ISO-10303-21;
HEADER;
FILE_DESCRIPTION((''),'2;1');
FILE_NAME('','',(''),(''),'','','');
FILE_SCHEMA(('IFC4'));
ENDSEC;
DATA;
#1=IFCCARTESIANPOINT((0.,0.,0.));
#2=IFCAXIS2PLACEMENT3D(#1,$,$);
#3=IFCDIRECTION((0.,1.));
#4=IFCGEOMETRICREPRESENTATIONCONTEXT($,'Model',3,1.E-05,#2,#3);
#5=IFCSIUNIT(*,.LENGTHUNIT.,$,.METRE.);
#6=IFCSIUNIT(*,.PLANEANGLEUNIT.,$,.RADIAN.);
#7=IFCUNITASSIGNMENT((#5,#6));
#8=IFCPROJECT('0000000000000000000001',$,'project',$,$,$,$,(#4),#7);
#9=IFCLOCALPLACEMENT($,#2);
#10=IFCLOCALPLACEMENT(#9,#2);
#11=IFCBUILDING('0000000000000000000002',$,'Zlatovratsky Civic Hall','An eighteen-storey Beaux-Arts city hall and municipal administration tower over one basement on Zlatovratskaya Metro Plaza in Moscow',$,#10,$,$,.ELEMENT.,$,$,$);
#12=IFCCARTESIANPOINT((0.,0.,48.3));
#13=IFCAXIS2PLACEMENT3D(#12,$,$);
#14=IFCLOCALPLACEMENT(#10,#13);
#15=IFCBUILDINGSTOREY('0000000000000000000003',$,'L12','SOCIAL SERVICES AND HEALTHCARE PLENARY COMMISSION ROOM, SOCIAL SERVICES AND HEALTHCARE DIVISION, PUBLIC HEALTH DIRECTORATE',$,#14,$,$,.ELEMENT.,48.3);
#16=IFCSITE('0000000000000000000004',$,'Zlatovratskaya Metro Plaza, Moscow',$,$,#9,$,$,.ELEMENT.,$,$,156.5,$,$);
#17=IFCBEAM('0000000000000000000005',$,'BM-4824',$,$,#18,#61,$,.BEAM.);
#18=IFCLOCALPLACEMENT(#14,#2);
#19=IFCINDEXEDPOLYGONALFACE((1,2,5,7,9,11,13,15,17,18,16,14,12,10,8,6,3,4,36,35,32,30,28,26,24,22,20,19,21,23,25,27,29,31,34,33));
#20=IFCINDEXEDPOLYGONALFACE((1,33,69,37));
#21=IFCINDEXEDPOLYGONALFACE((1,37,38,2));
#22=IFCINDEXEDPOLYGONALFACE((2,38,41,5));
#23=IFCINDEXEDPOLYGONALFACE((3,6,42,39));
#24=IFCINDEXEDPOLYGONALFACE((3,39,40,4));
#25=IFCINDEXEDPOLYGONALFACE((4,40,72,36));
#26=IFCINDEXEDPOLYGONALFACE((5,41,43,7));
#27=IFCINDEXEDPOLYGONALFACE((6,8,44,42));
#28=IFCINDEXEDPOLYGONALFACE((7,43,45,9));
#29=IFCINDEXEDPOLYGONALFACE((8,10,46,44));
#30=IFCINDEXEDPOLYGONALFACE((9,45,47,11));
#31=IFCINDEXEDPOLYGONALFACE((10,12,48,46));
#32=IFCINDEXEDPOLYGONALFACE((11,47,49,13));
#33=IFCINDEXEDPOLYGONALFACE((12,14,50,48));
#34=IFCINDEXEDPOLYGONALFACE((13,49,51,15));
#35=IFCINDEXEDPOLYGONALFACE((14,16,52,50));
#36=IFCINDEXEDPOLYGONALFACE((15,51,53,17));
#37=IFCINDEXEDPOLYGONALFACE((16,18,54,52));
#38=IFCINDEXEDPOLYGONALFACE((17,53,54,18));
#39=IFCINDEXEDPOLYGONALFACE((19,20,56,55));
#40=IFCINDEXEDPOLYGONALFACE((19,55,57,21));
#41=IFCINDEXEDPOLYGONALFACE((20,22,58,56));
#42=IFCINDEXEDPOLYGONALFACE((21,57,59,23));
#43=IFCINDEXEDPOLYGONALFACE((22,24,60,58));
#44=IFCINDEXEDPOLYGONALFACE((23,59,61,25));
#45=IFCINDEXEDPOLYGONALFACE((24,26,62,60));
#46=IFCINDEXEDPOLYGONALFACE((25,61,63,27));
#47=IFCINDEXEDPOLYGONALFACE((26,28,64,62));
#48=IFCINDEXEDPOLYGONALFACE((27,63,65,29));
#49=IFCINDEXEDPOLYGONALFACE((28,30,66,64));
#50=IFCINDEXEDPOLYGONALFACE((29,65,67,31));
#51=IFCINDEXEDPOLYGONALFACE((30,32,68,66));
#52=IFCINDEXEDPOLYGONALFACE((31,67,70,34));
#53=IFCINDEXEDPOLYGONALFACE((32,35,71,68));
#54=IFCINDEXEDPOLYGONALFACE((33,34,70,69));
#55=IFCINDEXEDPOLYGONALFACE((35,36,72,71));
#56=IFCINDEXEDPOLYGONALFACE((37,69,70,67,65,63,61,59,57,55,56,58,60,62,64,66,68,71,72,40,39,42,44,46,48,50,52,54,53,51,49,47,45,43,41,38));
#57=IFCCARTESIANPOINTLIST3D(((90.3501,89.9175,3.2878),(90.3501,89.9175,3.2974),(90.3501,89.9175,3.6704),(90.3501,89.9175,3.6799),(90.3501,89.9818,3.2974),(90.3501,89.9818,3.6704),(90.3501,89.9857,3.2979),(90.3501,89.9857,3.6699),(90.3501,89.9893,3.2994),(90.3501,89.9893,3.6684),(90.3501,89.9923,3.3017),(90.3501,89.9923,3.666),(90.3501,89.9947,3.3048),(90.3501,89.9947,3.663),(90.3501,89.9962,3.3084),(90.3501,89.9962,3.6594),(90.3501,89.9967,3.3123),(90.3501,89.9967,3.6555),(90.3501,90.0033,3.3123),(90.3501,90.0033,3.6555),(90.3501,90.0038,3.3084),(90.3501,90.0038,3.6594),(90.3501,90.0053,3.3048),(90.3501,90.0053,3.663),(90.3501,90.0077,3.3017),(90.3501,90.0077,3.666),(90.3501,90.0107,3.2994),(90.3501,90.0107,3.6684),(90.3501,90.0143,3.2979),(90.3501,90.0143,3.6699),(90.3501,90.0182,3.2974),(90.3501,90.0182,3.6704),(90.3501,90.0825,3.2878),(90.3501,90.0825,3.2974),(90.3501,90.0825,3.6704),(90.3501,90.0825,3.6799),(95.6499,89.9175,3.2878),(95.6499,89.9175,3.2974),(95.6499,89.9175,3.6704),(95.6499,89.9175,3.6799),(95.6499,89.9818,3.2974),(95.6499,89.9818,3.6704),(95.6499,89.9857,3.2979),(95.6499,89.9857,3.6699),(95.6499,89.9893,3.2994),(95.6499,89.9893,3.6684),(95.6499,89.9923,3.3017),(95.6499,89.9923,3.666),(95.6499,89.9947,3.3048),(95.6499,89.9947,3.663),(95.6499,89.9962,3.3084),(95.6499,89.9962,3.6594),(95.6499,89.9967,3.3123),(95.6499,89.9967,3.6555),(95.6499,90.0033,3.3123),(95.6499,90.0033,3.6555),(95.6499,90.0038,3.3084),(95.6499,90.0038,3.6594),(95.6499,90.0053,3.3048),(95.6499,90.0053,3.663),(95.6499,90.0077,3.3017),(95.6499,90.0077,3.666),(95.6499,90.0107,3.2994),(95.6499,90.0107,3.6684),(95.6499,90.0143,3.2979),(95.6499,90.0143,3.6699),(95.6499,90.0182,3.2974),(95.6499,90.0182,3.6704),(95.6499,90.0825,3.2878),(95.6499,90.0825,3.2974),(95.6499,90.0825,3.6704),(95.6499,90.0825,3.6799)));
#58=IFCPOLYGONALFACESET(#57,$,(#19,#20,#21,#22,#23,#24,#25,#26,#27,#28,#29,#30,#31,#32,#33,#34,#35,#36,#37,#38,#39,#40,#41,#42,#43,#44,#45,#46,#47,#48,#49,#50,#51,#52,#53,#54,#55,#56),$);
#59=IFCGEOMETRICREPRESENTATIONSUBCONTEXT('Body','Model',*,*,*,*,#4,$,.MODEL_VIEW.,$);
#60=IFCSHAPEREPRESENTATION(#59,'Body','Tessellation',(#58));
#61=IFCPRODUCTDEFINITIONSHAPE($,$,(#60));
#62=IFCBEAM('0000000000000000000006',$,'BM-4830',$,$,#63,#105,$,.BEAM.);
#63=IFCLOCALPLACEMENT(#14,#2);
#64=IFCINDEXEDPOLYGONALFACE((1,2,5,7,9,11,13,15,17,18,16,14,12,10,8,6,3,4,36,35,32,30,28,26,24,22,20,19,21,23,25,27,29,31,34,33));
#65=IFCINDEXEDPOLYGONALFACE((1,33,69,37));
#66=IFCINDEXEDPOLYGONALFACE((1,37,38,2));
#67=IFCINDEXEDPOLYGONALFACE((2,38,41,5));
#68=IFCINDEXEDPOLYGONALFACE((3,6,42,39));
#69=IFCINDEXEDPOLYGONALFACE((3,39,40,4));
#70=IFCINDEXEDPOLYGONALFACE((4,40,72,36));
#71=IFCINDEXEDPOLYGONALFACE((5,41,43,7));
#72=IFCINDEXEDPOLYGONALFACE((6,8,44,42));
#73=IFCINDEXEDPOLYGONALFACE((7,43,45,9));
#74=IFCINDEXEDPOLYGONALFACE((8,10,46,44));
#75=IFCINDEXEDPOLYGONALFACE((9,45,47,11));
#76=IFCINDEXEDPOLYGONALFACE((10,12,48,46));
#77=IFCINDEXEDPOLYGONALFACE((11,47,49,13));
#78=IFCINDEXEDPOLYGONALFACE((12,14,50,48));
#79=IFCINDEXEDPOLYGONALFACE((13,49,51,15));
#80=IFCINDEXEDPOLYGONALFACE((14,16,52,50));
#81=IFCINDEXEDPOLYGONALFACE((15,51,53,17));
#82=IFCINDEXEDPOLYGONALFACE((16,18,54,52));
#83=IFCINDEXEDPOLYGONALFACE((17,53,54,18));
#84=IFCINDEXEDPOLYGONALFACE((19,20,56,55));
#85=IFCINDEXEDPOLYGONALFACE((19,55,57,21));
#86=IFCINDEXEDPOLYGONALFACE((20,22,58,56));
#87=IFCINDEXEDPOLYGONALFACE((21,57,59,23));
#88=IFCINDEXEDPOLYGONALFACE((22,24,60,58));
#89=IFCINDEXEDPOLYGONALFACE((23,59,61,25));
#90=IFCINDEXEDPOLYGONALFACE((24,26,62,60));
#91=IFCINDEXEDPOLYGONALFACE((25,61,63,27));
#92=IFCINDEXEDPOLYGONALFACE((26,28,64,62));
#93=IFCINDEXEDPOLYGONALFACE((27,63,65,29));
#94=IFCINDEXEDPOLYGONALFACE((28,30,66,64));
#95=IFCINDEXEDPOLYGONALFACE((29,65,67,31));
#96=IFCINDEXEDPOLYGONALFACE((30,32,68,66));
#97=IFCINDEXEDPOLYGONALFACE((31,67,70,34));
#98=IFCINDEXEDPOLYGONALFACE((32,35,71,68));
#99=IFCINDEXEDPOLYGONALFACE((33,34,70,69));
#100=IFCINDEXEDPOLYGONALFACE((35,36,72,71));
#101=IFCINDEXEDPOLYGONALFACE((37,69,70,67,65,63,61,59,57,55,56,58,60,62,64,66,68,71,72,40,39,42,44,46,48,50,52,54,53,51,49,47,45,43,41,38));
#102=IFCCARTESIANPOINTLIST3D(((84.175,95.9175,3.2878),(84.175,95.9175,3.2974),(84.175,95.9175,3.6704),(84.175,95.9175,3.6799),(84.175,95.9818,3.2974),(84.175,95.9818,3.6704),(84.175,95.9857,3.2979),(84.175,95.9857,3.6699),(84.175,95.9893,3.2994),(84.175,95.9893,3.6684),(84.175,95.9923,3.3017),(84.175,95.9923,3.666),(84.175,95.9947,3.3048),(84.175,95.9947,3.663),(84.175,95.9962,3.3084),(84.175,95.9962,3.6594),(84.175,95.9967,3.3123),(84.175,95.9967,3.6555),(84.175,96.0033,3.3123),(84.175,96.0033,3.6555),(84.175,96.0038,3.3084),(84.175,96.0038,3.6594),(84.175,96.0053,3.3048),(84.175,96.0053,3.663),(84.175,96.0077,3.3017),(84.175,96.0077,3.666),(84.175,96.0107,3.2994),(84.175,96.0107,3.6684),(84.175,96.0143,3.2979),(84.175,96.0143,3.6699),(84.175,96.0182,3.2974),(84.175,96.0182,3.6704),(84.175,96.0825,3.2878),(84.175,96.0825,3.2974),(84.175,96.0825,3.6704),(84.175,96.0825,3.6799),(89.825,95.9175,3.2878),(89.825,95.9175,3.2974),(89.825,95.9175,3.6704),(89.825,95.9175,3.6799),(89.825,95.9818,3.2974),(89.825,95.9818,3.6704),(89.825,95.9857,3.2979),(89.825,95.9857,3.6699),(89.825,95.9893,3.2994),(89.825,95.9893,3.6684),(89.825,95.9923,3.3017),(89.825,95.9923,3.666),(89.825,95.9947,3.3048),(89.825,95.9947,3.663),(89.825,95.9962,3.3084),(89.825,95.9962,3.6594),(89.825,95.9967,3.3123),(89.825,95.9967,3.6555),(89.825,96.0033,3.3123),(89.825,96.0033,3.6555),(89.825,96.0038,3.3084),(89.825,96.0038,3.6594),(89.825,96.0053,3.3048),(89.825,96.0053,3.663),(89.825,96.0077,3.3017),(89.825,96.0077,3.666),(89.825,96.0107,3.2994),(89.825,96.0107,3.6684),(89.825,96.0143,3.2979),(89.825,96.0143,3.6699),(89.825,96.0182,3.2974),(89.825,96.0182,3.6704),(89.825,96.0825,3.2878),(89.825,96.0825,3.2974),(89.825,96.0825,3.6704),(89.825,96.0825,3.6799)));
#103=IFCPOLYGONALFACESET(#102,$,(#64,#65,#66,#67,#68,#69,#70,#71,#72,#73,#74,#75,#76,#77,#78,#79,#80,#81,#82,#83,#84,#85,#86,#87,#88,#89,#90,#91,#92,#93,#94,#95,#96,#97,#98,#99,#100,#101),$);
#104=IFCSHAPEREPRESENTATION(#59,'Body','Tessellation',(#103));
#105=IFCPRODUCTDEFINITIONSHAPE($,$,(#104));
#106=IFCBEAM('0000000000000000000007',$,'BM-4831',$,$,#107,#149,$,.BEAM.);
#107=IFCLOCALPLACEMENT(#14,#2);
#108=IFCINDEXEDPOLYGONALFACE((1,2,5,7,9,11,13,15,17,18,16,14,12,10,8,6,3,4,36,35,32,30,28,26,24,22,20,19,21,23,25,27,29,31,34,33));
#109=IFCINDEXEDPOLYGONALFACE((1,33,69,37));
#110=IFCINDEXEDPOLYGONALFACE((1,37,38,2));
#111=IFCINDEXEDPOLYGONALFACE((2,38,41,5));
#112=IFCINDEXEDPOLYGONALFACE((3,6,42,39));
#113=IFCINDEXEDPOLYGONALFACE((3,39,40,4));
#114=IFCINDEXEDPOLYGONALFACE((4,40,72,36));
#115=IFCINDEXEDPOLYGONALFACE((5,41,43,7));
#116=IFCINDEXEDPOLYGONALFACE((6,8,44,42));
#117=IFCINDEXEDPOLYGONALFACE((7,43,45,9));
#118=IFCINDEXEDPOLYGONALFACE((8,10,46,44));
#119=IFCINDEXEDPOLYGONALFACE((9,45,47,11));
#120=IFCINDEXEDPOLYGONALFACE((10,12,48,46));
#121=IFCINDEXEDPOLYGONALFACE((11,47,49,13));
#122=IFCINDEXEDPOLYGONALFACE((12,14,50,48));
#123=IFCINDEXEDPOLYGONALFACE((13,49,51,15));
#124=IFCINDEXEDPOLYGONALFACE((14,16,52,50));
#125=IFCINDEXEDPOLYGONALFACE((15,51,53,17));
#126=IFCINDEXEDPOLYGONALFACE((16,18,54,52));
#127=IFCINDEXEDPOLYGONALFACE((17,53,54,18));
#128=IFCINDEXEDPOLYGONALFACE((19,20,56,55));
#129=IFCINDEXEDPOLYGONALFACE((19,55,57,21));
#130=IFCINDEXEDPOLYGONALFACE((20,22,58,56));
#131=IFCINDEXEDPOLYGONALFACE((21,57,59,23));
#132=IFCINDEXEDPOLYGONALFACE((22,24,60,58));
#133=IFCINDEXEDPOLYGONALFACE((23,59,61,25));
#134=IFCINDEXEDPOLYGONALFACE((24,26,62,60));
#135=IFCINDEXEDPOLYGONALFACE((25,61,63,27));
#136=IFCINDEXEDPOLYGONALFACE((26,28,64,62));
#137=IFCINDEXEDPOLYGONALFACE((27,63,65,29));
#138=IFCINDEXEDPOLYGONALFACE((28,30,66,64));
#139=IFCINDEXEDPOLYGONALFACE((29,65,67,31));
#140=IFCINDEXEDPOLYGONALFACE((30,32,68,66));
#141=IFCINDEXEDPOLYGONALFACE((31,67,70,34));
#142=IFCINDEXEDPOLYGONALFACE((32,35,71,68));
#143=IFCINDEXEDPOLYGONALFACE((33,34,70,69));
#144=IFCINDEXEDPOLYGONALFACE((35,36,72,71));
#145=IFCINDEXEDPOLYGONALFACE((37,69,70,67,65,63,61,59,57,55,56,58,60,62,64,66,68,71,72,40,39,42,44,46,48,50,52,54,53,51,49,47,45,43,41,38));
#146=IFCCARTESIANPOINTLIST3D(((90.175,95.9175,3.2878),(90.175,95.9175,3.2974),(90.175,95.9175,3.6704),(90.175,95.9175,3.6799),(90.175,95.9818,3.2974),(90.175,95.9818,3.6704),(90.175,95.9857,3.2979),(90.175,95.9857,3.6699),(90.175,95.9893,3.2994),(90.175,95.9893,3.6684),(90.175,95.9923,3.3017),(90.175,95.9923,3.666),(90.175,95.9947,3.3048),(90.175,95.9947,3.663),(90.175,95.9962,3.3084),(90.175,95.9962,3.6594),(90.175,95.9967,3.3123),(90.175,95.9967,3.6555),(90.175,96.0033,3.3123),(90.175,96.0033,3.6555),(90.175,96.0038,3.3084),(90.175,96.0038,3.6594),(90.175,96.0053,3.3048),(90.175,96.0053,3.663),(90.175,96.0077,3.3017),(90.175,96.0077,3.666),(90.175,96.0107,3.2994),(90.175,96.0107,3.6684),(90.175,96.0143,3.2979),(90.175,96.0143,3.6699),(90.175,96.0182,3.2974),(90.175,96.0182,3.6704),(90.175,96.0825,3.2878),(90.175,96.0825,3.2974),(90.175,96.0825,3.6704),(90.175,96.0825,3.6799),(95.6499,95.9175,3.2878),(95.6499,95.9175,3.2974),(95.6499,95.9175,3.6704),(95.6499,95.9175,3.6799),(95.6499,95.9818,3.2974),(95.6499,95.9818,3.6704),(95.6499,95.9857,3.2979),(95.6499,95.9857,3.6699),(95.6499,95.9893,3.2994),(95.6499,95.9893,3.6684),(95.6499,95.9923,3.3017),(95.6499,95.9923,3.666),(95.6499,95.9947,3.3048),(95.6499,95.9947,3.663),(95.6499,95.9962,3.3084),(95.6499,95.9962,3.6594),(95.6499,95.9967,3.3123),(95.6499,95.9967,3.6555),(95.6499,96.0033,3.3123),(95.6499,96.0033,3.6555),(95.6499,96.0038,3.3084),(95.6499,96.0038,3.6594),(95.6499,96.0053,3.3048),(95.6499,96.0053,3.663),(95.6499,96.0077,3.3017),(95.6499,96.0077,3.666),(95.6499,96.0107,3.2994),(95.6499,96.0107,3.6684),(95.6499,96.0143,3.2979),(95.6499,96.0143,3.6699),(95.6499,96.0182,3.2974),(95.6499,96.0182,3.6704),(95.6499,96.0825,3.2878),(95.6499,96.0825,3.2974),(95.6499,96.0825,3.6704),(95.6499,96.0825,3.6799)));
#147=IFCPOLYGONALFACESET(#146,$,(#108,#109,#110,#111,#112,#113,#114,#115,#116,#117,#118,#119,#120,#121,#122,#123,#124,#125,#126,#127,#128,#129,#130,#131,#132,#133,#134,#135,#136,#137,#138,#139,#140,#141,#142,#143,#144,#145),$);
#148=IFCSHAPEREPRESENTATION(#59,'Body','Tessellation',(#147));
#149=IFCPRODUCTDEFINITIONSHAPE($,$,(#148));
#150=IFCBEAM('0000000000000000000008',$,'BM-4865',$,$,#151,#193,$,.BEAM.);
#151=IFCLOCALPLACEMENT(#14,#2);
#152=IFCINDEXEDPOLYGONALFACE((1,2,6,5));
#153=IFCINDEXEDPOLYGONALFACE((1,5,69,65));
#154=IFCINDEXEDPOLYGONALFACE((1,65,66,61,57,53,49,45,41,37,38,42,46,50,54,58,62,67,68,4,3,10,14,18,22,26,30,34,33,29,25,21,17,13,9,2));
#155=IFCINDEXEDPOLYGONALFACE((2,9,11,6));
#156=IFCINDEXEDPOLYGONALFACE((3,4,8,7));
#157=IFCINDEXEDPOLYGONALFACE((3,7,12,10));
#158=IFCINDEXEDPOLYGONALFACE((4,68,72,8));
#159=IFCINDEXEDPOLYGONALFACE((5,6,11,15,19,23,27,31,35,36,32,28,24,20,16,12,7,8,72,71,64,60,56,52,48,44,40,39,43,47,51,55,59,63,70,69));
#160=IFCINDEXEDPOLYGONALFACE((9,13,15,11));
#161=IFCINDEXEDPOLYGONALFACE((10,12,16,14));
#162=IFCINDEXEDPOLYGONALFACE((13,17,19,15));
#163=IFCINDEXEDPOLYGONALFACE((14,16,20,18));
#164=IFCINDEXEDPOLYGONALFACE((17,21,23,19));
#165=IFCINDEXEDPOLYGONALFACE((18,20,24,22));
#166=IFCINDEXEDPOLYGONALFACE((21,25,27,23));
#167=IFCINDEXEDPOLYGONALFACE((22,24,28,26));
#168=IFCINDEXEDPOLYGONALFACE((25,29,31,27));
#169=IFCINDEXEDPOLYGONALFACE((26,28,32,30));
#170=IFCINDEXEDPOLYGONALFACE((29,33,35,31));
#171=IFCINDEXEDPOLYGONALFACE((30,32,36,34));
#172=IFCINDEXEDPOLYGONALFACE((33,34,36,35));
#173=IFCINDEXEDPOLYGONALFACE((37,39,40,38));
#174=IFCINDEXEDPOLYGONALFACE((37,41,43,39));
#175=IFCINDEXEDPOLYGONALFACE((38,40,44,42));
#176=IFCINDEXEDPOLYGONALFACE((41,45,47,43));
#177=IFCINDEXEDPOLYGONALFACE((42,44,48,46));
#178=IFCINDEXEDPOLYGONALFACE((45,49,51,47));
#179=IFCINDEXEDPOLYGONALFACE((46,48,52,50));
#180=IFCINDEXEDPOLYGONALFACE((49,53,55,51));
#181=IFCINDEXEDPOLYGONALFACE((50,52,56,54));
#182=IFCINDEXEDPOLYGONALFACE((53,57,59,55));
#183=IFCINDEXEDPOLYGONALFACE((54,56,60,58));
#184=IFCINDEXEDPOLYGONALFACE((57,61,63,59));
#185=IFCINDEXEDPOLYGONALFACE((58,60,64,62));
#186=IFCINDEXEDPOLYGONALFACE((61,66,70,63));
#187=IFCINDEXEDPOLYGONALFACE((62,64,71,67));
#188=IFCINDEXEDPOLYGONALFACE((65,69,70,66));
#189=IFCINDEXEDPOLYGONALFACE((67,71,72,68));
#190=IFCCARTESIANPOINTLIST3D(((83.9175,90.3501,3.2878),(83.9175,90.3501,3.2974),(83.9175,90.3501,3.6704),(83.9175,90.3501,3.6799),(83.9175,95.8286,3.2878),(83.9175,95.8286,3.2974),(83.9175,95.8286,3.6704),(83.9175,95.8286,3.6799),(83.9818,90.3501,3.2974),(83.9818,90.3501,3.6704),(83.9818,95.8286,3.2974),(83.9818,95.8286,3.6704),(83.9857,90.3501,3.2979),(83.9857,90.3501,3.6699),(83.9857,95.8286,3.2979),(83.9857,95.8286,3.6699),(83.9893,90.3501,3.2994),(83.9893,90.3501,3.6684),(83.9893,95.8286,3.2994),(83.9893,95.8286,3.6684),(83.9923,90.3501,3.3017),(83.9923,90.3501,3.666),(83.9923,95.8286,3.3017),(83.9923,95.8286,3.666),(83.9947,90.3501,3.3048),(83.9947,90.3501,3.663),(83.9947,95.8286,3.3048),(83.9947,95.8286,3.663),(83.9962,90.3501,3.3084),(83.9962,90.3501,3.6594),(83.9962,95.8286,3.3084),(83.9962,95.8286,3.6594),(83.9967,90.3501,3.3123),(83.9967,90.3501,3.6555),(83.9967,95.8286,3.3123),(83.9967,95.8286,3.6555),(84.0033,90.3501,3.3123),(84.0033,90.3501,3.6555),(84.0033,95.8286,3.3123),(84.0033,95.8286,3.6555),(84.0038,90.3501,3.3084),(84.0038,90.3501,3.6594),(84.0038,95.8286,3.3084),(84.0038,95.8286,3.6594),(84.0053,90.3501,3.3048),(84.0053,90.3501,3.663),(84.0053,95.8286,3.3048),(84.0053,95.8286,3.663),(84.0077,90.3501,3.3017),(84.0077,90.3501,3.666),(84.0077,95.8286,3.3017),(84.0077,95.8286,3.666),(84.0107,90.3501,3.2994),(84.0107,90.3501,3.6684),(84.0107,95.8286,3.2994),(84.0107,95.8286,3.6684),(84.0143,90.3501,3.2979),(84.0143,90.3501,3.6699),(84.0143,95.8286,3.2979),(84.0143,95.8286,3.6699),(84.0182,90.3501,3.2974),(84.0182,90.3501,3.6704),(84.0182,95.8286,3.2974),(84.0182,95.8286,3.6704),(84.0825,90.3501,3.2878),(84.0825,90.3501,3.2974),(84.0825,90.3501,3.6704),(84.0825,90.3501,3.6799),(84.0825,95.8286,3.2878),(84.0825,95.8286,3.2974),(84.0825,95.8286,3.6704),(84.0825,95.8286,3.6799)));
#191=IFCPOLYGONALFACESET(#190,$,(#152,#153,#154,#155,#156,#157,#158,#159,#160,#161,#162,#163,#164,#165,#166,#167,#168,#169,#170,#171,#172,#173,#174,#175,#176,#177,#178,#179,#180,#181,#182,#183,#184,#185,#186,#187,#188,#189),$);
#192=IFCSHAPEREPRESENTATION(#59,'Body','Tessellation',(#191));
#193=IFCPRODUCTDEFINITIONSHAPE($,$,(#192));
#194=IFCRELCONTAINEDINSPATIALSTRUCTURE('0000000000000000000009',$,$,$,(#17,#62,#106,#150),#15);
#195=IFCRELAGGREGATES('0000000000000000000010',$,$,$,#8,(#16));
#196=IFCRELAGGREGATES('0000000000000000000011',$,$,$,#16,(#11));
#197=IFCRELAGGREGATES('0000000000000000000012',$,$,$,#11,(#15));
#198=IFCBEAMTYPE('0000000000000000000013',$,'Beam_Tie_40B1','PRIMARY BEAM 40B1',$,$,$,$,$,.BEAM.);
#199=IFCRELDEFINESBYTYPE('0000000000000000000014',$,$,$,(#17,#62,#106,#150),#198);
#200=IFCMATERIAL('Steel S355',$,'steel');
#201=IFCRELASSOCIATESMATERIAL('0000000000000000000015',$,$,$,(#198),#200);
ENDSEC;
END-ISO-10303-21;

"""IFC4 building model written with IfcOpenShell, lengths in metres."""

from ifc_helpers import new_model, si_unit, direction, frame, origin, origin_2d, place, context, subcontext, project, spatial, i_section, extrude, material, material_profile, profile_set, type_object, element, save


model = new_model("IFC4")

# Units and contexts
model_context = context("Model", 3, precision=1e-05, world=origin(), true_north=direction((0.0, 1.0)))
body_context = subcontext(model_context, "Body", "Model", "MODEL_VIEW")
ifc_project = project(units=[si_unit("LENGTHUNIT", "METRE"), si_unit("PLANEANGLEUNIT", "RADIAN")], contexts=[model_context])

# Site, building, storey
site_placement = place(None, origin())
site = spatial("IfcSite", under=ifc_project, at=site_placement, Name="Zlatovratskaya Metro Plaza, Moscow", CompositionType="ELEMENT", RefElevation=156.5)
building_placement = place(site_placement, origin())
building = spatial("IfcBuilding", under=site, at=building_placement, Name="Zlatovratsky Civic Hall", Description="An eighteen-storey Beaux-Arts city hall and municipal administration tower over one basement on Zlatovratskaya Metro Plaza in Moscow", CompositionType="ELEMENT")
storey_placement = place(building_placement, frame((0.0, 0.0, 48.3)))
storey = spatial("IfcBuildingStorey", under=building, at=storey_placement, Name="L12", Description="SOCIAL SERVICES AND HEALTHCARE PLENARY COMMISSION ROOM, SOCIAL SERVICES AND HEALTHCARE DIVISION, PUBLIC HEALTH DIRECTORATE", CompositionType="ELEMENT", Elevation=48.3)

# Shared definitions
ifc_material_1 = material(Name="Steel S355", Category="steel")

# Beams
ifc_material_profile_1 = material_profile(ifc_material_1, i_section(OverallWidth=0.165, OverallDepth=0.3921, WebThickness=0.0066, FlangeThickness=0.0095, FilletRadius=0.0149, at=origin_2d()), Name="40B1")
ifc_profile_set_1 = profile_set([ifc_material_profile_1], Name="Steel S355")
beam_type_1 = type_object("IfcBeamType", Name="Beam_Tie_40B1", Description="PRIMARY BEAM 40B1", PredefinedType="BEAM", material=ifc_profile_set_1)
for number, where, z_axis, x_axis, name in (
    (1, (90.3501, 90.0, 3.4839), (1.0, 0.0, 0.0), (0.0, 1.0, 0.0), "BM-4824"),
):
    element("IfcBeam", number, at=place(storey_placement, frame(where, z_axis=z_axis, x_axis=x_axis)), inside=storey, type_object=beam_type_1, Name=name, PredefinedType="BEAM", context=body_context, shape_type="SweptSolid", body=[
        extrude(i_section(OverallWidth=0.165, OverallDepth=0.3921, WebThickness=0.0066, FlangeThickness=0.0095, FilletRadius=0.0149, at=origin_2d()), origin(), (0.0, 0.0, 1.0), 5.2998),
    ])
beam_1_placement = place(storey_placement, frame((84.175, 96.0, 3.4839), z_axis=(1.0, 0.0, 0.0), x_axis=(0.0, 1.0, 0.0)))
element("IfcBeam", 2, at=beam_1_placement, inside=storey, type_object=beam_type_1, Name="BM-4830", PredefinedType="BEAM", context=body_context, shape_type="SweptSolid", body=[
    extrude(i_section(OverallWidth=0.165, OverallDepth=0.3921, WebThickness=0.0066, FlangeThickness=0.0095, FilletRadius=0.0149, at=origin_2d()), origin(), (0.0, 0.0, 1.0), 5.6499),
])
beam_2_placement = place(storey_placement, frame((90.175, 96.0, 3.4839), z_axis=(1.0, 0.0, 0.0), x_axis=(0.0, 1.0, 0.0)))
element("IfcBeam", 3, at=beam_2_placement, inside=storey, type_object=beam_type_1, Name="BM-4831", PredefinedType="BEAM", context=body_context, shape_type="SweptSolid", body=[
    extrude(i_section(OverallWidth=0.165, OverallDepth=0.3921, WebThickness=0.0066, FlangeThickness=0.0095, FilletRadius=0.0149, at=origin_2d()), origin(), (0.0, 0.0, 1.0), 5.4749),
])
for number, where, z_axis, x_axis, name in (
    (4, (84.0, 90.3501, 3.4839), (0.0, 1.0, 0.0), (-1.0, 0.0, 0.0), "BM-4865"),
):
    element("IfcBeam", number, at=place(storey_placement, frame(where, z_axis=z_axis, x_axis=x_axis)), inside=storey, type_object=beam_type_1, Name=name, PredefinedType="BEAM", context=body_context, shape_type="SweptSolid", body=[
        extrude(i_section(OverallWidth=0.165, OverallDepth=0.3921, WebThickness=0.0066, FlangeThickness=0.0095, FilletRadius=0.0149, at=origin_2d()), origin(), (0.0, 0.0, 1.0), 5.4785),
    ])

save(model, "model.ifc")
